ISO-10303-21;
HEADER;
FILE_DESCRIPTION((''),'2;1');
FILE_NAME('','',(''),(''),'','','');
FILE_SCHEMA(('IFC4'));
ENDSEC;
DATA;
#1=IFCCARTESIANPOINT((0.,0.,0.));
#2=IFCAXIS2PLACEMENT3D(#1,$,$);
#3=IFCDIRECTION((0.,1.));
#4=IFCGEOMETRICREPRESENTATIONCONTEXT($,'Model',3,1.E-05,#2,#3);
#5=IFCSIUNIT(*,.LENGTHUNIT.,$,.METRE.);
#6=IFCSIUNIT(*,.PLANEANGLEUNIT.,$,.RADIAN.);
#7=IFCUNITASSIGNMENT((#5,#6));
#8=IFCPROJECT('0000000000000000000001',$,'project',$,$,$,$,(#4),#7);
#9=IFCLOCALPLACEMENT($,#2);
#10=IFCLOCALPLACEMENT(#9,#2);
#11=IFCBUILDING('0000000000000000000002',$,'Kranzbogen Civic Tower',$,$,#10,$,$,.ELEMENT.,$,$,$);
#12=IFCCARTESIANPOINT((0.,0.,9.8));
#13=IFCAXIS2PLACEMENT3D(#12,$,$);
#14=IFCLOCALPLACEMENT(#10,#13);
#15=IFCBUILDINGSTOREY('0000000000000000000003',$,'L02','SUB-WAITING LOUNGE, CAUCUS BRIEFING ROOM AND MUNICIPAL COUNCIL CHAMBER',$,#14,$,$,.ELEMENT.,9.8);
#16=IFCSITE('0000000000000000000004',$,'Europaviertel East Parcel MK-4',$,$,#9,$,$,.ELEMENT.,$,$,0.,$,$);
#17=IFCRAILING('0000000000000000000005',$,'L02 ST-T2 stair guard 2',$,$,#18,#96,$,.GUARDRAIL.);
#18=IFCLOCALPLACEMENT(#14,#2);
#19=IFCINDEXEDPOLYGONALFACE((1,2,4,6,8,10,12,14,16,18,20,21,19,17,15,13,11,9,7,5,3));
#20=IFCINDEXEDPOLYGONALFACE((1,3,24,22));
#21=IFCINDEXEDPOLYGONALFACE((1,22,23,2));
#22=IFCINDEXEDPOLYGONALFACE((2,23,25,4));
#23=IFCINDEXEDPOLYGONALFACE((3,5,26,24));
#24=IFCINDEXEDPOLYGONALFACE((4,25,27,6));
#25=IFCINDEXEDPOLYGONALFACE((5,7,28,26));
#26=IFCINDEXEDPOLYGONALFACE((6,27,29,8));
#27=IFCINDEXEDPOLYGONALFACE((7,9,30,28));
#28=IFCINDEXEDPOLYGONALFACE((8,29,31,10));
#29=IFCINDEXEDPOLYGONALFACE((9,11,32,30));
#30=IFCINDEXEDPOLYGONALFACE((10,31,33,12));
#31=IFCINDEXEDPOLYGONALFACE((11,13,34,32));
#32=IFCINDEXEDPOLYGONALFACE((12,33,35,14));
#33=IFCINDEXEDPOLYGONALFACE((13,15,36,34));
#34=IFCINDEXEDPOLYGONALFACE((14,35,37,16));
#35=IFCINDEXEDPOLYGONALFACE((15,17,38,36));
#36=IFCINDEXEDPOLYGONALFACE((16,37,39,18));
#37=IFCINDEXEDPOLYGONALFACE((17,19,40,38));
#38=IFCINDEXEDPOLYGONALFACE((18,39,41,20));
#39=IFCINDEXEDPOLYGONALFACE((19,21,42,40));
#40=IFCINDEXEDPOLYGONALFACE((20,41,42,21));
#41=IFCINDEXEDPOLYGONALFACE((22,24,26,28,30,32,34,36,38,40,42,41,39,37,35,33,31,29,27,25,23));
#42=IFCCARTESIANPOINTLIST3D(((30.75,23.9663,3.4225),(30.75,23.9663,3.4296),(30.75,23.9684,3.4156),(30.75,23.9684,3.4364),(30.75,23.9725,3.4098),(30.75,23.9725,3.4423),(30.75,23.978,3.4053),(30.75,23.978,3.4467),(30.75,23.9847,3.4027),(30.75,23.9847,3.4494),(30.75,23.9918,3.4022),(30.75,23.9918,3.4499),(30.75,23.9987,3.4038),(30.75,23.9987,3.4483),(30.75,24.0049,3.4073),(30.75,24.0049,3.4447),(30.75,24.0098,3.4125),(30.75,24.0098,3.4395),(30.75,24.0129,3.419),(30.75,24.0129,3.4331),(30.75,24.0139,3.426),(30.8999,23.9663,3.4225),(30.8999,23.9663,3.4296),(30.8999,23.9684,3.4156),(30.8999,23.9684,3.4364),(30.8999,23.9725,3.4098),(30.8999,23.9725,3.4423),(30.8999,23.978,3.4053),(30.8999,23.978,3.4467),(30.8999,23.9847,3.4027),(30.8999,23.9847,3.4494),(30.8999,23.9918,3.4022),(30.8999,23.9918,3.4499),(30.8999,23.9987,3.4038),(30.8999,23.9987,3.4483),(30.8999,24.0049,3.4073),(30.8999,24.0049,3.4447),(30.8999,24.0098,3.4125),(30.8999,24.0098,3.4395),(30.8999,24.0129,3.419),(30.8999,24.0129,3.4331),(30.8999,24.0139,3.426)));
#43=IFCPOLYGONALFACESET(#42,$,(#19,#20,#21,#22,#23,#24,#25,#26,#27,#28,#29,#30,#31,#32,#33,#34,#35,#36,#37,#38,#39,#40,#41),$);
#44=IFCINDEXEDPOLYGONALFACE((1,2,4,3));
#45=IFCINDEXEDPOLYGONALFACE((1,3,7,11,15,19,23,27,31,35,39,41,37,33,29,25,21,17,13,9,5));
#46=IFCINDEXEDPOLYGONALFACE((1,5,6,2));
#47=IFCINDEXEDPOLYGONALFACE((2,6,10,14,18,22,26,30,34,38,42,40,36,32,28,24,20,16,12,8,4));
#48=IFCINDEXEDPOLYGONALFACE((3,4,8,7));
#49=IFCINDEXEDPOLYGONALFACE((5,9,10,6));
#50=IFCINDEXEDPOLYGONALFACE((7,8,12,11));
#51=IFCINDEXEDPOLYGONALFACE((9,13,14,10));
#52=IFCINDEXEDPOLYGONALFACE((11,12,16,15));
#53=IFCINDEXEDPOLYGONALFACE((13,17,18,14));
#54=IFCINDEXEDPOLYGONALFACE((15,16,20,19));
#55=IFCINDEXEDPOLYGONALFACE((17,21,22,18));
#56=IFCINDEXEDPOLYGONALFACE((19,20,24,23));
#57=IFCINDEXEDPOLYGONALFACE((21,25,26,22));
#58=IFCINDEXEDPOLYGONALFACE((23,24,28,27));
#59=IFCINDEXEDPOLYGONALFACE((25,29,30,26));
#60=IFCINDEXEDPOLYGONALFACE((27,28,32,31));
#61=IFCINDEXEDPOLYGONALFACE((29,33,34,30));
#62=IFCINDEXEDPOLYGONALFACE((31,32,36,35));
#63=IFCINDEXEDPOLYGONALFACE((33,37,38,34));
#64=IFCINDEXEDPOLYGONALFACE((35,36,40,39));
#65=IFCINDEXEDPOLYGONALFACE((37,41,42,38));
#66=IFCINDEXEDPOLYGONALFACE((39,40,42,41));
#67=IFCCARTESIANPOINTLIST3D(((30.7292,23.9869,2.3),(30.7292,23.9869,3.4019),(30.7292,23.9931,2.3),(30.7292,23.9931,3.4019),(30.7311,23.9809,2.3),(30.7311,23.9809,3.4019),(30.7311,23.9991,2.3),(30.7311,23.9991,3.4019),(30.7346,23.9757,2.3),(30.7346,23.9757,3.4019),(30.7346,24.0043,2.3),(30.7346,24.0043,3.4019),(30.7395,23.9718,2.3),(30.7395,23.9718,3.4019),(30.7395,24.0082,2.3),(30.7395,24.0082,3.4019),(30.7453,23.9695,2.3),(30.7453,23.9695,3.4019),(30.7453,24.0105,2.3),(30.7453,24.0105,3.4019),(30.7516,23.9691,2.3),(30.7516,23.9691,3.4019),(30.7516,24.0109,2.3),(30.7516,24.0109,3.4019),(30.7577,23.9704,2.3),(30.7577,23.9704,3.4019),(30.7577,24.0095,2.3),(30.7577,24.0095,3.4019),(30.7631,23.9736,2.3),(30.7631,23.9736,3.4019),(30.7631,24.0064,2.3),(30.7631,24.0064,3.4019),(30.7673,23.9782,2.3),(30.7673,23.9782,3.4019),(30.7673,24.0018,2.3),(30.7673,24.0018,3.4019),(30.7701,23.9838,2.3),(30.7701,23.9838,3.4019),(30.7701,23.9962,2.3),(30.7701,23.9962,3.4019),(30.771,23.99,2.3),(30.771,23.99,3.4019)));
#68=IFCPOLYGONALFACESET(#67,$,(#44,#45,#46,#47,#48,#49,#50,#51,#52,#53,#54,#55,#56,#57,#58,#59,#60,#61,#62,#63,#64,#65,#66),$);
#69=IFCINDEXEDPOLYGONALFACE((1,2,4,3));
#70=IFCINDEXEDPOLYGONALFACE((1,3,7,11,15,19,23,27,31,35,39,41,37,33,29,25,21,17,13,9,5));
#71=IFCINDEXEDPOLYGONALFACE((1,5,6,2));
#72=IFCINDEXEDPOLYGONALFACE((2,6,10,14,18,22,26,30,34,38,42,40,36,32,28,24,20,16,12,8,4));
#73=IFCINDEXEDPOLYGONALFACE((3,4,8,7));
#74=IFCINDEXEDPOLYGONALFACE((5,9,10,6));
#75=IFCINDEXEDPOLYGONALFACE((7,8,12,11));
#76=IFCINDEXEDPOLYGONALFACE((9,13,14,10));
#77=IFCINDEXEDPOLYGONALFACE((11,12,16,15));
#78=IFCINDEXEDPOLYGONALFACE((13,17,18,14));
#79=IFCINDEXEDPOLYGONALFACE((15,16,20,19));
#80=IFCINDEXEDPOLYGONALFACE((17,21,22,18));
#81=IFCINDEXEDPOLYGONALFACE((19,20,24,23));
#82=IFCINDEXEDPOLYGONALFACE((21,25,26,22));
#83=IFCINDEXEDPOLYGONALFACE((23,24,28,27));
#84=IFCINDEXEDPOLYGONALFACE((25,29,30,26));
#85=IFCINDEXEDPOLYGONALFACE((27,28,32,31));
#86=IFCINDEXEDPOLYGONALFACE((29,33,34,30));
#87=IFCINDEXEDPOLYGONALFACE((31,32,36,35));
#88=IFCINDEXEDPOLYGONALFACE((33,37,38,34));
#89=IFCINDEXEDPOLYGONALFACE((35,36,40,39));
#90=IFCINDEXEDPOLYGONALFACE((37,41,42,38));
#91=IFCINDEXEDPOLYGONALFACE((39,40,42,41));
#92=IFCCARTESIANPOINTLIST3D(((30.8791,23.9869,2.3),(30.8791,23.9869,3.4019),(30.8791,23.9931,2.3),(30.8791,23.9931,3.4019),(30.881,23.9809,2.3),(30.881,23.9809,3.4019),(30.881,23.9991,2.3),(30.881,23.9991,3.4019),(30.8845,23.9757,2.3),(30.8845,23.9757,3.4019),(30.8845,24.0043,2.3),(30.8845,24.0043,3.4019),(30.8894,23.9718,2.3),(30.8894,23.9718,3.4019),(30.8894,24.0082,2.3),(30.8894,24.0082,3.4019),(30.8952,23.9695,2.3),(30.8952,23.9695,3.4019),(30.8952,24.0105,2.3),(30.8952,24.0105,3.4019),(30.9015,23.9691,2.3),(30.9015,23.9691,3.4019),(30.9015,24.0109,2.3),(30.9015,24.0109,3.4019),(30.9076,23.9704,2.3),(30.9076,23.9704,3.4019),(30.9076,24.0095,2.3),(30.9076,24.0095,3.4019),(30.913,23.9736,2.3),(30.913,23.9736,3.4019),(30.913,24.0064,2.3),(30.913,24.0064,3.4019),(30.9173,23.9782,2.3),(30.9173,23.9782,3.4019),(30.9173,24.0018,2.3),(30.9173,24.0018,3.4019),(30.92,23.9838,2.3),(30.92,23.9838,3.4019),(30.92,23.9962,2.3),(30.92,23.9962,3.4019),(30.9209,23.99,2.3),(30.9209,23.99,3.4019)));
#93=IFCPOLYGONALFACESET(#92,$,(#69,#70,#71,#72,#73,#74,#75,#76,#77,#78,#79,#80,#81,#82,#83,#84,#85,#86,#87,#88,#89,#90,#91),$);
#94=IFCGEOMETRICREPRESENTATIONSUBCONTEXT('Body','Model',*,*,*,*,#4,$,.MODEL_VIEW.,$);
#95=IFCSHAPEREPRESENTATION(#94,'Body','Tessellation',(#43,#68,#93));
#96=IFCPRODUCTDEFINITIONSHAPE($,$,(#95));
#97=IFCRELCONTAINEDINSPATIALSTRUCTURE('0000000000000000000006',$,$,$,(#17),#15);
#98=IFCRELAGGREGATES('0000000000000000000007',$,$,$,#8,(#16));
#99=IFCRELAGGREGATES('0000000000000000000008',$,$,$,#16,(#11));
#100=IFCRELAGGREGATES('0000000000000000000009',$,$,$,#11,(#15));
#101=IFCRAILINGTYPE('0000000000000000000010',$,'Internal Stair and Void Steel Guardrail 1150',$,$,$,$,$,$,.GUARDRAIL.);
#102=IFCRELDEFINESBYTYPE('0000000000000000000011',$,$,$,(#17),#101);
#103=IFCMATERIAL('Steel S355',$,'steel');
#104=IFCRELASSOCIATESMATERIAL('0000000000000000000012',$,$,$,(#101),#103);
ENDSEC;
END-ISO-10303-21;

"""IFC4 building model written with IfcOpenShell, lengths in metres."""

from ifc_helpers import new_model, si_unit, direction, frame, origin, origin_2d, place, context, subcontext, project, spatial, circle, extrude, material, type_object, element, save


model = new_model("IFC4")

# Units and contexts
model_context = context("Model", 3, precision=1e-05, world=origin(), true_north=direction((0.0, 1.0)))
body_context = subcontext(model_context, "Body", "Model", "MODEL_VIEW")
ifc_project = project(units=[si_unit("LENGTHUNIT", "METRE"), si_unit("PLANEANGLEUNIT", "RADIAN")], contexts=[model_context])

# Site, building, storey
site_placement = place(None, origin())
site = spatial("IfcSite", under=ifc_project, at=site_placement, Name="Europaviertel East Parcel MK-4", CompositionType="ELEMENT", RefElevation=0.0)
building_placement = place(site_placement, origin())
building = spatial("IfcBuilding", under=site, at=building_placement, Name="Kranzbogen Civic Tower", CompositionType="ELEMENT")
storey_placement = place(building_placement, frame((0.0, 0.0, 9.8)))
storey = spatial("IfcBuildingStorey", under=building, at=storey_placement, Name="L02", Description="SUB-WAITING LOUNGE, CAUCUS BRIEFING ROOM AND MUNICIPAL COUNCIL CHAMBER", CompositionType="ELEMENT", Elevation=9.8)

# Shared definitions
ifc_material_1 = material(Name="Steel S355", Category="steel")

# Railing
railing_type_1 = type_object("IfcRailingType", Name="Internal Stair and Void Steel Guardrail 1150", PredefinedType="GUARDRAIL", material=ifc_material_1)
railing_1_placement = place(storey_placement, frame((30.75, 23.99, 2.3)))
element("IfcRailing", 1, at=railing_1_placement, inside=storey, type_object=railing_type_1, Name="L02 ST-T2 stair guard 2", PredefinedType="GUARDRAIL", context=body_context, shape_type="SweptSolid", body=[
    extrude(circle(Radius=0.0239, at=origin_2d()), frame((0.0, 0.0, 1.126), z_axis=(1.0, 0.0, 0.0), x_axis=(0.0, 1.0, 0.0)), (0.0, 0.0, 1.0), 0.1499),
    extrude(circle(Radius=0.021, at=origin_2d()), origin(), (0.0, 0.0, 1.0), 1.1018),
    extrude(circle(Radius=0.021, at=origin_2d()), frame((0.1499, 0.0, 0.0)), (0.0, 0.0, 1.0), 1.1018),
])

save(model, "model.ifc")
